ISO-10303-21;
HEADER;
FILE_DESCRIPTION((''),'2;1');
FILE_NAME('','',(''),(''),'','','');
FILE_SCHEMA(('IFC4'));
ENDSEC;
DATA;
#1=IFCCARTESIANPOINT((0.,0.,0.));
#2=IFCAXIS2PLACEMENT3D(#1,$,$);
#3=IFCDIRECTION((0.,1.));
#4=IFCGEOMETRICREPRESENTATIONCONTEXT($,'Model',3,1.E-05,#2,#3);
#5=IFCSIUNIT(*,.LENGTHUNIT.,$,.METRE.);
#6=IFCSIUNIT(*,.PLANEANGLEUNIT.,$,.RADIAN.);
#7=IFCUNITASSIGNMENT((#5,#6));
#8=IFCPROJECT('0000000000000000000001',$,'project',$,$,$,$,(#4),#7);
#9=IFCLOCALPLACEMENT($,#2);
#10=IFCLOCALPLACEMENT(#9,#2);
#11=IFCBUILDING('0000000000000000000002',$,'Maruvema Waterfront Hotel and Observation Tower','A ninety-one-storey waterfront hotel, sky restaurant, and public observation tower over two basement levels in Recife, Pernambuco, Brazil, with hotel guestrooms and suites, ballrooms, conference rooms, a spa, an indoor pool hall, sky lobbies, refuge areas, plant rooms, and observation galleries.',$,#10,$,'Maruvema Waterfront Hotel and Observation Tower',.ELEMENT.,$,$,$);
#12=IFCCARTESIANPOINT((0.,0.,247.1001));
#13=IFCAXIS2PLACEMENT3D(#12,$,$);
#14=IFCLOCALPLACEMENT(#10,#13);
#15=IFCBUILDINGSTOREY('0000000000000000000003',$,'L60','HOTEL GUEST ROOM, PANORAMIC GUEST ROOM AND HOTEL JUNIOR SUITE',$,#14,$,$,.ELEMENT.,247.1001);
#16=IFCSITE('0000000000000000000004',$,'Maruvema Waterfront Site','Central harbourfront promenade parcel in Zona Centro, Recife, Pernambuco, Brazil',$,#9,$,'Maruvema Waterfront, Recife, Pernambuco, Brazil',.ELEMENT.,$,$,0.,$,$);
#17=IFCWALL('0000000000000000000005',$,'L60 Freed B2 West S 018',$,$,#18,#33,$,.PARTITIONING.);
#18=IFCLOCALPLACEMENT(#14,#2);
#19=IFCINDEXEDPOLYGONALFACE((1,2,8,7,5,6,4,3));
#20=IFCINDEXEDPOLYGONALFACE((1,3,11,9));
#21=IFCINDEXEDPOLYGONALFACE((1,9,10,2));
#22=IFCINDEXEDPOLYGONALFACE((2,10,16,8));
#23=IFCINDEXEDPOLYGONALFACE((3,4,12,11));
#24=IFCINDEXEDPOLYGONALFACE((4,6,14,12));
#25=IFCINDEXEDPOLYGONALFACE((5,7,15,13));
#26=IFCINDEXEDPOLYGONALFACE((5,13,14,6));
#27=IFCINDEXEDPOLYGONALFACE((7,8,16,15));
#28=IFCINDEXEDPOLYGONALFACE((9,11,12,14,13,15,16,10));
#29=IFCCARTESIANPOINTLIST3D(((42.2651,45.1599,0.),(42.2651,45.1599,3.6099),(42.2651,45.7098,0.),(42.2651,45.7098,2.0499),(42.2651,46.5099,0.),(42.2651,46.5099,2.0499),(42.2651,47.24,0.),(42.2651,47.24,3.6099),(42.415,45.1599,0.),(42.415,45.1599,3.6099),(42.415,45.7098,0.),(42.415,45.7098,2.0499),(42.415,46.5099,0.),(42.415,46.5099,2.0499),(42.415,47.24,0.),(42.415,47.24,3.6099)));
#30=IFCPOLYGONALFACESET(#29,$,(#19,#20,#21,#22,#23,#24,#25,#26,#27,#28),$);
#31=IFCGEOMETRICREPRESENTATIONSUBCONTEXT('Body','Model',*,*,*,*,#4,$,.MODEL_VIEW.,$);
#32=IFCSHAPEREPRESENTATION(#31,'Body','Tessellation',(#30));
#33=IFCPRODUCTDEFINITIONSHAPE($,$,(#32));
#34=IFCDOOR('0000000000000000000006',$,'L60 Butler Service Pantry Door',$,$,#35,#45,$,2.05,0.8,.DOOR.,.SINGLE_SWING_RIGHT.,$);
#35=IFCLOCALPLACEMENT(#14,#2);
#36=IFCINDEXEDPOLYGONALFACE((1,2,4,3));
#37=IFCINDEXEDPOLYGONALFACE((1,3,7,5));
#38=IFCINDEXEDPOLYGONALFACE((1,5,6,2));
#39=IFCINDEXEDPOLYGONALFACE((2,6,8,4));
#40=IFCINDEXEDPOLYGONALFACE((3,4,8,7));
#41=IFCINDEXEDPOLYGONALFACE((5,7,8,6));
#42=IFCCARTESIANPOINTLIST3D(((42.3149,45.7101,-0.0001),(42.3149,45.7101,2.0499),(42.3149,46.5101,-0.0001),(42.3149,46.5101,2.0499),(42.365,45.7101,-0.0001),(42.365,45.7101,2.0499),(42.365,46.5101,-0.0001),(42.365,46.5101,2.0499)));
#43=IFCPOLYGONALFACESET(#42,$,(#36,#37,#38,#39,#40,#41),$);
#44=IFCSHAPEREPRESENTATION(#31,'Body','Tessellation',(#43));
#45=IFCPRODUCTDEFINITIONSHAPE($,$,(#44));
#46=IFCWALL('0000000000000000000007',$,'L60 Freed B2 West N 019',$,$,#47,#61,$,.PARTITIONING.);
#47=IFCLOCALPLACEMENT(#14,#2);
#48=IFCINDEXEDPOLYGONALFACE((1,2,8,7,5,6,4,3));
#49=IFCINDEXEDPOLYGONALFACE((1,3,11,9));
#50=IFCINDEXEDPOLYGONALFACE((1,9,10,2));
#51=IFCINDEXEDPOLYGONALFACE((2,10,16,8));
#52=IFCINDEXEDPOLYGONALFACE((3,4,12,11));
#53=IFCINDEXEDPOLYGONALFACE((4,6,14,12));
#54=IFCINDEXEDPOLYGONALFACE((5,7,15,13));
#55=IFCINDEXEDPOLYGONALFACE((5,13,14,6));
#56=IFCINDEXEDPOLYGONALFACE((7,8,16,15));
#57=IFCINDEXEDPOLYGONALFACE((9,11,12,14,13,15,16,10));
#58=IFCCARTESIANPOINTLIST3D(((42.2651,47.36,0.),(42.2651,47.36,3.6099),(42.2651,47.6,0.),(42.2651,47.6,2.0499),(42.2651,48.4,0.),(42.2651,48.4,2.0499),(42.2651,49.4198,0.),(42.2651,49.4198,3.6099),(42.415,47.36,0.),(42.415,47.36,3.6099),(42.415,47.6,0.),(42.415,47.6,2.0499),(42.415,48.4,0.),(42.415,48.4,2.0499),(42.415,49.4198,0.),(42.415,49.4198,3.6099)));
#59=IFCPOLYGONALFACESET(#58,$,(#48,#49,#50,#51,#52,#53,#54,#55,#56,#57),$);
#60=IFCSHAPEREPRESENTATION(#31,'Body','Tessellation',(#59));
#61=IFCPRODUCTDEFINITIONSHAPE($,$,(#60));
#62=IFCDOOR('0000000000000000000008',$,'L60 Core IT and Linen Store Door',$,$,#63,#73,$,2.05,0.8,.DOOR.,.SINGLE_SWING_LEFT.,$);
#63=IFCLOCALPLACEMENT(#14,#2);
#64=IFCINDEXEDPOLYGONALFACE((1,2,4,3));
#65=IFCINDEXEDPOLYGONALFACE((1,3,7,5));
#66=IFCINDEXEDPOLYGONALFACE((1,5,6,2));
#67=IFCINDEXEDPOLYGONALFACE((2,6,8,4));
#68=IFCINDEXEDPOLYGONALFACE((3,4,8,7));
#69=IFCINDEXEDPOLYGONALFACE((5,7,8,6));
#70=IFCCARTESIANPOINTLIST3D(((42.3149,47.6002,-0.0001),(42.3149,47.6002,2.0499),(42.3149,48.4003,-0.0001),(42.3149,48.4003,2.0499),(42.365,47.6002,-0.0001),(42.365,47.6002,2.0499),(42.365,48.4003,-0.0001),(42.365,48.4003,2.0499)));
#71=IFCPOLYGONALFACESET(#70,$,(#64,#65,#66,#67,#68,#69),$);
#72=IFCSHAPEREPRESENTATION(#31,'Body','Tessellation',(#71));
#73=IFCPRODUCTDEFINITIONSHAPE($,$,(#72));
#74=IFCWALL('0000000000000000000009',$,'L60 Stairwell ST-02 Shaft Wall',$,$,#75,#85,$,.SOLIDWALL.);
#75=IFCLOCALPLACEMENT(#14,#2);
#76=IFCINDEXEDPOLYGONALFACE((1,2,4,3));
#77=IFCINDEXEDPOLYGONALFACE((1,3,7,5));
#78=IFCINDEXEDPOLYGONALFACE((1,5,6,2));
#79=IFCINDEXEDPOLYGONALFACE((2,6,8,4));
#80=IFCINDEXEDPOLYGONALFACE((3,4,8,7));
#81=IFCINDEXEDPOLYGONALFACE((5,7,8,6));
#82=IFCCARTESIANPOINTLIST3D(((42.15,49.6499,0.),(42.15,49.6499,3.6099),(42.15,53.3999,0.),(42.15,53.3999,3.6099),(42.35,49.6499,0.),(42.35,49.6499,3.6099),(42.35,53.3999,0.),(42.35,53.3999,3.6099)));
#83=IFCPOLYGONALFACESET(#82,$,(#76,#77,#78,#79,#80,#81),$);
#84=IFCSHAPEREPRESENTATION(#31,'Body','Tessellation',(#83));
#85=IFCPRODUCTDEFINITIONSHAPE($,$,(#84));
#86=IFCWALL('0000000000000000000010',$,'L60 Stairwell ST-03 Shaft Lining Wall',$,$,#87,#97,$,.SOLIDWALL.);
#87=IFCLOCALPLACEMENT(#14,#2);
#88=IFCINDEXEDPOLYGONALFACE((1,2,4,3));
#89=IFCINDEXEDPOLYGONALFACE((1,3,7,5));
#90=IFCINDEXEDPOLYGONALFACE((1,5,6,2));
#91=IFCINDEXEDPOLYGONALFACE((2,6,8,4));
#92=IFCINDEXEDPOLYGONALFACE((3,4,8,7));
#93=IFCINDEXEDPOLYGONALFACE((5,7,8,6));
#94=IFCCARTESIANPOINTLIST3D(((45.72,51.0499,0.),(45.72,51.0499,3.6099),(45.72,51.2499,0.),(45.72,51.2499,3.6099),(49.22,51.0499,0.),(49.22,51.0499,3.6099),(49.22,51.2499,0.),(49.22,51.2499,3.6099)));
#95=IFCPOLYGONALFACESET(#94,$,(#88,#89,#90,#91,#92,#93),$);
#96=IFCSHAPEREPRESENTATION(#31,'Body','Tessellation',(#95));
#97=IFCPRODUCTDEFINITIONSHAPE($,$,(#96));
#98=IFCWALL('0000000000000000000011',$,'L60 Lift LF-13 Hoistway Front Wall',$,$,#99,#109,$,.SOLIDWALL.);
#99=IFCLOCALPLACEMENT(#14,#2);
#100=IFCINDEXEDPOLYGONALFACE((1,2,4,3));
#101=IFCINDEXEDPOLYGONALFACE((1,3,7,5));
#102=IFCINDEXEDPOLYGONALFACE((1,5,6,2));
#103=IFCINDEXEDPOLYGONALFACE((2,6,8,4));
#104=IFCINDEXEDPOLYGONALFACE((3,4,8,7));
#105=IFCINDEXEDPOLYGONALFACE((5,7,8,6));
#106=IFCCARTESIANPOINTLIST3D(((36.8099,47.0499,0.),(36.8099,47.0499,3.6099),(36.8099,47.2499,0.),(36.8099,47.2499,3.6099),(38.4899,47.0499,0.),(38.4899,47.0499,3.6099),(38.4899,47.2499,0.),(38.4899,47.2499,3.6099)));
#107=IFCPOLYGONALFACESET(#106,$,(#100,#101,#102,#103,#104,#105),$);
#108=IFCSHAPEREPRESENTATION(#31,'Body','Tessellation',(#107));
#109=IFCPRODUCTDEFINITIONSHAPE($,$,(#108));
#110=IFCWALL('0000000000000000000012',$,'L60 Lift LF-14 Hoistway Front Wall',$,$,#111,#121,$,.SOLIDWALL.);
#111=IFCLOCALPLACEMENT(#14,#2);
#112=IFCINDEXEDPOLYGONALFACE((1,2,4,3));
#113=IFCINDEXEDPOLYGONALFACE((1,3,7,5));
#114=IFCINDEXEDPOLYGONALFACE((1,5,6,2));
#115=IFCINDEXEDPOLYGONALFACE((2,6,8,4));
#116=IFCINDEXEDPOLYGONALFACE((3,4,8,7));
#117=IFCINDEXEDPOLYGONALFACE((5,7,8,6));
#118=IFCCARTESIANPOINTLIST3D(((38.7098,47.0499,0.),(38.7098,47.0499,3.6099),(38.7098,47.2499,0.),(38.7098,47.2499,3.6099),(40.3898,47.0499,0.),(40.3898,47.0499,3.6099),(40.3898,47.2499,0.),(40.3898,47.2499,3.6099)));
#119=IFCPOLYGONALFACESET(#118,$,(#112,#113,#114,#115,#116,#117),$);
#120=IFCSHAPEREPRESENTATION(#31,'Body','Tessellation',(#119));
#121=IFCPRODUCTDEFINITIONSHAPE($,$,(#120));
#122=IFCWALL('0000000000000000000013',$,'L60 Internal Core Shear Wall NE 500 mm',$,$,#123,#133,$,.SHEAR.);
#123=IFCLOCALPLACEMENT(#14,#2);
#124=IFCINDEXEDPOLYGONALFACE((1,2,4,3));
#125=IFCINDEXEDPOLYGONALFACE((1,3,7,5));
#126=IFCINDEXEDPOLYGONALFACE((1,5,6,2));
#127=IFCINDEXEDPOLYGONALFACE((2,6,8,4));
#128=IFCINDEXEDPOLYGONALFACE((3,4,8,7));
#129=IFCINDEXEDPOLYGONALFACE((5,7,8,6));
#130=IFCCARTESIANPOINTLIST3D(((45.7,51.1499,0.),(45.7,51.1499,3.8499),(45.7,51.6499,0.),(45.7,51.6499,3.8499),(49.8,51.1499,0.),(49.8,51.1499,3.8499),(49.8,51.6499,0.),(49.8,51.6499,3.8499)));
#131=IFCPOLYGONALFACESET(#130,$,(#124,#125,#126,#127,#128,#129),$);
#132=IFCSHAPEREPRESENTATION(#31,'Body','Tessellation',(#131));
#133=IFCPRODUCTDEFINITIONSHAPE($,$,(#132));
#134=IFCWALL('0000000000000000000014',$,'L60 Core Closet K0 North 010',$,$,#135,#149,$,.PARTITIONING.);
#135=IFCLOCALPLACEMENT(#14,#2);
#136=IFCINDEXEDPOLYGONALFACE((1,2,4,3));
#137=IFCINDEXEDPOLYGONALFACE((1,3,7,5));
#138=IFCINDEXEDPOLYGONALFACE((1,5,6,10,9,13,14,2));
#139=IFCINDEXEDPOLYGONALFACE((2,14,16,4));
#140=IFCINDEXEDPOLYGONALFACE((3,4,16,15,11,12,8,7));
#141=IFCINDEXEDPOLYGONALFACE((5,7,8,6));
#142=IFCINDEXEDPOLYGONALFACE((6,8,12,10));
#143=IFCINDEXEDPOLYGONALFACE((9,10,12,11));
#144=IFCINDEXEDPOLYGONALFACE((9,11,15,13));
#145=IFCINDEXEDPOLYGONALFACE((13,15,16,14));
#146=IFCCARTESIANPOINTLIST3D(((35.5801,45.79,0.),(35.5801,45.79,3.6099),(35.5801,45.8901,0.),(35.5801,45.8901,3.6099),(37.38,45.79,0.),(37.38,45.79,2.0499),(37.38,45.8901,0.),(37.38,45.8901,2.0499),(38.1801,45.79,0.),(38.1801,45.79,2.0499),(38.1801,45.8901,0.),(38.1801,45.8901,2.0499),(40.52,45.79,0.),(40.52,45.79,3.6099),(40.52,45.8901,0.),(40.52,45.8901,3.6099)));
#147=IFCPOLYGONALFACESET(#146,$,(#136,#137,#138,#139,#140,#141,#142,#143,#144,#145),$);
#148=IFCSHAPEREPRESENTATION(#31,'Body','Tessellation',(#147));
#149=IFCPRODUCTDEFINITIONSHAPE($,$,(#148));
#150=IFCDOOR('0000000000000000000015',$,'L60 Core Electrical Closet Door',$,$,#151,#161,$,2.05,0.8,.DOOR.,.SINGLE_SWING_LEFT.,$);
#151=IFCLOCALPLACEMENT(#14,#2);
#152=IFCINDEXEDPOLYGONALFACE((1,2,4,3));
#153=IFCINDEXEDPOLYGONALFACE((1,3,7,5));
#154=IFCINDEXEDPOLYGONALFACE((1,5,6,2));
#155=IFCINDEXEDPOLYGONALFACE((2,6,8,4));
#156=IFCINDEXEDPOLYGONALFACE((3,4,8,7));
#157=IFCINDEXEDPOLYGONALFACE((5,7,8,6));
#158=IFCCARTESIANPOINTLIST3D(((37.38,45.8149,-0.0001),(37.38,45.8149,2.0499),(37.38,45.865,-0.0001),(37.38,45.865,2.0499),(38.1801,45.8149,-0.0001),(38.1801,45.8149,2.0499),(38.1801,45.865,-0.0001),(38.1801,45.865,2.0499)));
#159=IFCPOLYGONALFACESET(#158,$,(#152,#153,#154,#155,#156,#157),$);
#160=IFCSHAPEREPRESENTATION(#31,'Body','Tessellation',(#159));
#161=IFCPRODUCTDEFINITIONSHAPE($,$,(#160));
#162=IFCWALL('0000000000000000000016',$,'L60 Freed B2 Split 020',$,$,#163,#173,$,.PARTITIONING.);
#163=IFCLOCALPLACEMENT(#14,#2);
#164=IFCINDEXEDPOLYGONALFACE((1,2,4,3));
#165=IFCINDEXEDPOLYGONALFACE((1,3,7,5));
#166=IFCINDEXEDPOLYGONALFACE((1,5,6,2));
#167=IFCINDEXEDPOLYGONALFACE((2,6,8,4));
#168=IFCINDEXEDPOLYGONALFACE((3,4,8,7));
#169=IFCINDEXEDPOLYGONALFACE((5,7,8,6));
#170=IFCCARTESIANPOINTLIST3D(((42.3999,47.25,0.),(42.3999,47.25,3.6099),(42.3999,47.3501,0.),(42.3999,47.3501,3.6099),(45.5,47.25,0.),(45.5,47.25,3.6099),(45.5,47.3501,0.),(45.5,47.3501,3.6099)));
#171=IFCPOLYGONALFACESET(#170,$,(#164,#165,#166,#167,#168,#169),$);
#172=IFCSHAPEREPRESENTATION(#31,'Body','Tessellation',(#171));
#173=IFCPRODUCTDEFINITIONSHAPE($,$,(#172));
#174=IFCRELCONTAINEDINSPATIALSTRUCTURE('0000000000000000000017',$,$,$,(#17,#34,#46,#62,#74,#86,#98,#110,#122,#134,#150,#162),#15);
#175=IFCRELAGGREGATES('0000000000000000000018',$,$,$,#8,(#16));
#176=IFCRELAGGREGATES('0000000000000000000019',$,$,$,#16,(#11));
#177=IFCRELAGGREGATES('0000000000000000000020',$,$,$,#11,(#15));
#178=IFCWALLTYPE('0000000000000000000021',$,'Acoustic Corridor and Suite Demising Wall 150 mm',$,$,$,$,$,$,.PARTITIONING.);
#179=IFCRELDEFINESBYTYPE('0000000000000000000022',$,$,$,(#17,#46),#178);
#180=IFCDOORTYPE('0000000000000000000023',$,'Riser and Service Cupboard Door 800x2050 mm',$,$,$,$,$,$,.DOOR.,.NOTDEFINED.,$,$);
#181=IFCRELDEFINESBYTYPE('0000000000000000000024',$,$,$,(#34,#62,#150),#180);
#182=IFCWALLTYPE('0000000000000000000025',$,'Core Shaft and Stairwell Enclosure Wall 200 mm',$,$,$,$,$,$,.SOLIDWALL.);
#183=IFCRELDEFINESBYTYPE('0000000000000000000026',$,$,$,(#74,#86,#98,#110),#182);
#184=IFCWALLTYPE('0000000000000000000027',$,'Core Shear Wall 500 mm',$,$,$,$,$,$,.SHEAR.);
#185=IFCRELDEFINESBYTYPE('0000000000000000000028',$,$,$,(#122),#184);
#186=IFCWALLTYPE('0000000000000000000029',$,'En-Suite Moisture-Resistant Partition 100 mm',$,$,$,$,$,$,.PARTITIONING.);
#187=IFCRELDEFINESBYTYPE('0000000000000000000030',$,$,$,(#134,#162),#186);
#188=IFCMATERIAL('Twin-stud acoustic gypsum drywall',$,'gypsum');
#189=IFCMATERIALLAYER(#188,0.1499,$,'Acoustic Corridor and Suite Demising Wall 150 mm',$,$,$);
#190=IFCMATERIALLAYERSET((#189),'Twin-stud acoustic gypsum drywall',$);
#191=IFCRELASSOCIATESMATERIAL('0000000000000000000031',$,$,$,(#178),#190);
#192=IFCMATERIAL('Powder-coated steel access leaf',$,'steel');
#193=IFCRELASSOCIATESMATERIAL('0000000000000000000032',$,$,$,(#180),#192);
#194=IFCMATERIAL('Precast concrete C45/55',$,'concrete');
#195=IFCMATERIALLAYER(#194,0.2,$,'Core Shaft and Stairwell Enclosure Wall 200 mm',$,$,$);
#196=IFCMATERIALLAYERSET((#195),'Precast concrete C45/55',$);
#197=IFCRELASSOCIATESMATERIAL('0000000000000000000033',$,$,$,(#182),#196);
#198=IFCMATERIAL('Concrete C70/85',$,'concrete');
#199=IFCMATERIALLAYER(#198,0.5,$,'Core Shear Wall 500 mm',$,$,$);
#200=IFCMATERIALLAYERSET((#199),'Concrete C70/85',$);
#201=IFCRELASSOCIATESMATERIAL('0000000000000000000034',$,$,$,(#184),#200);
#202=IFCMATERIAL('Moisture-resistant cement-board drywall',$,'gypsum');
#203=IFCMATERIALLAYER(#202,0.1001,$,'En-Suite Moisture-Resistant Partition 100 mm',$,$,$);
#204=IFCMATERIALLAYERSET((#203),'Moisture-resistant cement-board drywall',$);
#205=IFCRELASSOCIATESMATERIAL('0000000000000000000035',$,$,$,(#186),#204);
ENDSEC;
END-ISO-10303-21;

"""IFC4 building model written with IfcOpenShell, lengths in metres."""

from ifc_helpers import new_model, si_unit, direction, frame, frame_2d, origin, place, context, subcontext, project, spatial, rectangle, extrude, material, layer, layer_set, type_object, element, fill, save


model = new_model("IFC4")

# Units and contexts
model_context = context("Model", 3, precision=1e-05, world=origin(), true_north=direction((0.0, 1.0)))
body_context = subcontext(model_context, "Body", "Model", "MODEL_VIEW")
ifc_project = project(units=[si_unit("LENGTHUNIT", "METRE"), si_unit("PLANEANGLEUNIT", "RADIAN")], contexts=[model_context])

# Site, building, storey
site_placement = place(None, origin())
site = spatial("IfcSite", under=ifc_project, at=site_placement, Name="Maruvema Waterfront Site", Description="Central harbourfront promenade parcel in Zona Centro, Recife, Pernambuco, Brazil", LongName="Maruvema Waterfront, Recife, Pernambuco, Brazil", CompositionType="ELEMENT", RefElevation=0.0)
building_placement = place(site_placement, origin())
building = spatial("IfcBuilding", under=site, at=building_placement, Name="Maruvema Waterfront Hotel and Observation Tower", Description="A ninety-one-storey waterfront hotel, sky restaurant, and public observation tower over two basement levels in Recife, Pernambuco, Brazil, with hotel guestrooms and suites, ballrooms, conference rooms, a spa, an indoor pool hall, sky lobbies, refuge areas, plant rooms, and observation galleries.", LongName="Maruvema Waterfront Hotel and Observation Tower", CompositionType="ELEMENT")
storey_placement = place(building_placement, frame((0.0, 0.0, 247.1001)))
storey = spatial("IfcBuildingStorey", under=building, at=storey_placement, Name="L60", Description="HOTEL GUEST ROOM, PANORAMIC GUEST ROOM AND HOTEL JUNIOR SUITE", CompositionType="ELEMENT", Elevation=247.1001)

# Walls, openings, doors
ifc_material_1 = material(Name="Twin-stud acoustic gypsum drywall", Category="gypsum")
ifc_layer_1 = layer(ifc_material_1, 0.1499, Name="Acoustic Corridor and Suite Demising Wall 150 mm")
ifc_layer_set_1 = layer_set([ifc_layer_1], Name="Twin-stud acoustic gypsum drywall")
wall_type_1 = type_object("IfcWallType", Name="Acoustic Corridor and Suite Demising Wall 150 mm", PredefinedType="PARTITIONING", material=ifc_layer_set_1)
wall_1_placement = place(storey_placement, frame((42.3401, 45.1599, 0.0), z_axis=(0.0, 0.0, 1.0), x_axis=(0.0, 1.0, 0.0)))
wall_1 = element("IfcWall", 1, at=wall_1_placement, inside=storey, type_object=wall_type_1, Name="L60 Freed B2 West S 018", PredefinedType="PARTITIONING", context=body_context, shape_type="SweptSolid", body=[
    extrude(rectangle(XDim=2.0801, YDim=0.1499, at=frame_2d((1.04, 0.0))), origin(), (0.0, 0.0, 1.0), 3.6099),
])
opening_1_placement = place(wall_1_placement, frame((0.55, 0.0, 0.0)))
opening_1 = element("IfcOpeningElement", 2, at=opening_1_placement, cuts=wall_1, PredefinedType="OPENING", context=body_context, shape_type="SweptSolid", body=[
    extrude(rectangle(XDim=0.8, YDim=2.05, at=frame_2d((0.3999, 1.0249))), frame((0.0, 0.085, 0.0), z_axis=(0.0, -1.0, 0.0), x_axis=(1.0, 0.0, 0.0)), (0.0, 0.0, 1.0), 0.1699),
])
ifc_material_2 = material(Name="Powder-coated steel access leaf", Category="steel")
door_type = type_object("IfcDoorType", Name="Riser and Service Cupboard Door 800x2050 mm", OperationType="NOTDEFINED", PredefinedType="DOOR", material=ifc_material_2)
door_1_placement = place(opening_1_placement, frame((0.8, 0.0, 0.0), z_axis=(0.0, 0.0, 1.0), x_axis=(-1.0, 0.0, 0.0)))
door_1 = element("IfcDoor", 3, at=door_1_placement, inside=storey, type_object=door_type, Name="L60 Butler Service Pantry Door", OperationType="SINGLE_SWING_RIGHT", OverallHeight=2.05, OverallWidth=0.8, PredefinedType="DOOR", context=body_context, shape_type="SweptSolid", body=[
    extrude(rectangle(XDim=0.8, YDim=2.05, at=frame_2d((0.3999, 1.0249))), frame((0.0, 0.0249, 0.0), z_axis=(0.0, -1.0, 0.0), x_axis=(1.0, 0.0, 0.0)), (0.0, 0.0, 1.0), 0.05),
])
fill(opening_1, door_1)
wall_2_placement = place(storey_placement, frame((42.3401, 47.3601, 0.0), z_axis=(0.0, 0.0, 1.0), x_axis=(0.0, 1.0, 0.0)))
wall_2 = element("IfcWall", 4, at=wall_2_placement, inside=storey, type_object=wall_type_1, Name="L60 Freed B2 West N 019", PredefinedType="PARTITIONING", context=body_context, shape_type="SweptSolid", body=[
    extrude(rectangle(XDim=2.0598, YDim=0.1499, at=frame_2d((1.0298, 0.0))), origin(), (0.0, 0.0, 1.0), 3.6099),
])
opening_2_placement = place(wall_2_placement, frame((0.24, 0.0, 0.0)))
opening_2 = element("IfcOpeningElement", 5, at=opening_2_placement, cuts=wall_2, PredefinedType="OPENING", context=body_context, shape_type="SweptSolid", body=[
    extrude(rectangle(XDim=0.8, YDim=2.05, at=frame_2d((0.3999, 1.0249))), frame((0.0, 0.085, 0.0), z_axis=(0.0, -1.0, 0.0), x_axis=(1.0, 0.0, 0.0)), (0.0, 0.0, 1.0), 0.1699),
])
door_2_placement = place(opening_2_placement, frame((0.8, 0.0, 0.0), z_axis=(0.0, 0.0, 1.0), x_axis=(-1.0, 0.0, 0.0)))
door_2 = element("IfcDoor", 6, at=door_2_placement, inside=storey, type_object=door_type, Name="L60 Core IT and Linen Store Door", OperationType="SINGLE_SWING_LEFT", OverallHeight=2.05, OverallWidth=0.8, PredefinedType="DOOR", context=body_context, shape_type="SweptSolid", body=[
    extrude(rectangle(XDim=0.8, YDim=2.05, at=frame_2d((0.3999, 1.0249))), frame((0.0, 0.0249, 0.0), z_axis=(0.0, -1.0, 0.0), x_axis=(1.0, 0.0, 0.0)), (0.0, 0.0, 1.0), 0.05),
])
fill(opening_2, door_2)

# Walls
ifc_material_3 = material(Name="Precast concrete C45/55", Category="concrete")
ifc_layer_2 = layer(ifc_material_3, 0.2, Name="Core Shaft and Stairwell Enclosure Wall 200 mm")
ifc_layer_set_2 = layer_set([ifc_layer_2], Name="Precast concrete C45/55")
wall_type_2 = type_object("IfcWallType", Name="Core Shaft and Stairwell Enclosure Wall 200 mm", PredefinedType="SOLIDWALL", material=ifc_layer_set_2)
wall_3_placement = place(storey_placement, frame((42.25, 49.6499, 0.0), z_axis=(0.0, 0.0, 1.0), x_axis=(0.0, 1.0, 0.0)))
element("IfcWall", 7, at=wall_3_placement, inside=storey, type_object=wall_type_2, Name="L60 Stairwell ST-02 Shaft Wall", PredefinedType="SOLIDWALL", context=body_context, shape_type="SweptSolid", body=[
    extrude(rectangle(XDim=3.75, YDim=0.2, at=frame_2d((1.875, 0.0))), origin(), (0.0, 0.0, 1.0), 3.6099),
])
wall_4_placement = place(storey_placement, frame((45.72, 51.1499, 0.0), z_axis=(0.0, 0.0, 1.0), x_axis=(1.0, 0.0, 0.0)))
element("IfcWall", 8, at=wall_4_placement, inside=storey, type_object=wall_type_2, Name="L60 Stairwell ST-03 Shaft Lining Wall", PredefinedType="SOLIDWALL", context=body_context, shape_type="SweptSolid", body=[
    extrude(rectangle(XDim=3.5, YDim=0.2, at=frame_2d((1.75, 0.0))), origin(), (0.0, 0.0, 1.0), 3.6099),
])
for number, where, z_axis, x_axis, name in (
    (9, (36.8101, 47.1499, 0.0), (0.0, 0.0, 1.0), (1.0, 0.0, 0.0), "L60 Lift LF-13 Hoistway Front Wall"),
    (10, (38.71, 47.1499, 0.0), (0.0, 0.0, 1.0), (1.0, 0.0, 0.0), "L60 Lift LF-14 Hoistway Front Wall"),
):
    element("IfcWall", number, at=place(storey_placement, frame(where, z_axis=z_axis, x_axis=x_axis)), inside=storey, type_object=wall_type_2, Name=name, PredefinedType="SOLIDWALL", context=body_context, shape_type="SweptSolid", body=[
        extrude(rectangle(XDim=1.6799, YDim=0.2, at=frame_2d((0.8398, 0.0))), origin(), (0.0, 0.0, 1.0), 3.6099),
    ])
ifc_material_4 = material(Name="Concrete C70/85", Category="concrete")
ifc_layer_3 = layer(ifc_material_4, 0.5, Name="Core Shear Wall 500 mm")
ifc_layer_set_3 = layer_set([ifc_layer_3], Name="Concrete C70/85")
wall_type_3 = type_object("IfcWallType", Name="Core Shear Wall 500 mm", PredefinedType="SHEAR", material=ifc_layer_set_3)
wall_5_placement = place(storey_placement, frame((45.7, 51.3999, 0.0), z_axis=(0.0, 0.0, 1.0), x_axis=(1.0, 0.0, 0.0)))
element("IfcWall", 11, at=wall_5_placement, inside=storey, type_object=wall_type_3, Name="L60 Internal Core Shear Wall NE 500 mm", PredefinedType="SHEAR", context=body_context, shape_type="SweptSolid", body=[
    extrude(rectangle(XDim=4.1001, YDim=0.5, at=frame_2d((2.05, 0.0))), origin(), (0.0, 0.0, 1.0), 3.8499),
])

# Wall, opening, door
ifc_material_5 = material(Name="Moisture-resistant cement-board drywall", Category="gypsum")
ifc_layer_4 = layer(ifc_material_5, 0.1001, Name="En-Suite Moisture-Resistant Partition 100 mm")
ifc_layer_set_4 = layer_set([ifc_layer_4], Name="Moisture-resistant cement-board drywall")
wall_type_4 = type_object("IfcWallType", Name="En-Suite Moisture-Resistant Partition 100 mm", PredefinedType="PARTITIONING", material=ifc_layer_set_4)
wall_6_placement = place(storey_placement, frame((35.5801, 45.8401, 0.0), z_axis=(0.0, 0.0, 1.0), x_axis=(1.0, 0.0, 0.0)))
wall_6 = element("IfcWall", 12, at=wall_6_placement, inside=storey, type_object=wall_type_4, Name="L60 Core Closet K0 North 010", PredefinedType="PARTITIONING", context=body_context, shape_type="SweptSolid", body=[
    extrude(rectangle(XDim=4.9399, YDim=0.1001, at=frame_2d((2.47, 0.0))), origin(), (0.0, 0.0, 1.0), 3.6099),
])
opening_3_placement = place(wall_6_placement, frame((1.8, 0.0, 0.0)))
opening_3 = element("IfcOpeningElement", 13, at=opening_3_placement, cuts=wall_6, PredefinedType="OPENING", context=body_context, shape_type="SweptSolid", body=[
    extrude(rectangle(XDim=0.8, YDim=2.05, at=frame_2d((0.3999, 1.0249))), frame((0.0, 0.0601, 0.0), z_axis=(0.0, -1.0, 0.0), x_axis=(1.0, 0.0, 0.0)), (0.0, 0.0, 1.0), 0.1201),
])
door_3_placement = place(opening_3_placement, origin())
door_3 = element("IfcDoor", 14, at=door_3_placement, inside=storey, type_object=door_type, Name="L60 Core Electrical Closet Door", OperationType="SINGLE_SWING_LEFT", OverallHeight=2.05, OverallWidth=0.8, PredefinedType="DOOR", context=body_context, shape_type="SweptSolid", body=[
    extrude(rectangle(XDim=0.8, YDim=2.05, at=frame_2d((0.3999, 1.0249))), frame((0.0, 0.0249, 0.0), z_axis=(0.0, -1.0, 0.0), x_axis=(1.0, 0.0, 0.0)), (0.0, 0.0, 1.0), 0.05),
])
fill(opening_3, door_3)

# Wall
wall_7_placement = place(storey_placement, frame((42.3999, 47.3, 0.0), z_axis=(0.0, 0.0, 1.0), x_axis=(1.0, 0.0, 0.0)))
element("IfcWall", 15, at=wall_7_placement, inside=storey, type_object=wall_type_4, Name="L60 Freed B2 Split 020", PredefinedType="PARTITIONING", context=body_context, shape_type="SweptSolid", body=[
    extrude(rectangle(XDim=3.1001, YDim=0.1001, at=frame_2d((1.55, 0.0))), origin(), (0.0, 0.0, 1.0), 3.6099),
])

save(model, "model.ifc")
